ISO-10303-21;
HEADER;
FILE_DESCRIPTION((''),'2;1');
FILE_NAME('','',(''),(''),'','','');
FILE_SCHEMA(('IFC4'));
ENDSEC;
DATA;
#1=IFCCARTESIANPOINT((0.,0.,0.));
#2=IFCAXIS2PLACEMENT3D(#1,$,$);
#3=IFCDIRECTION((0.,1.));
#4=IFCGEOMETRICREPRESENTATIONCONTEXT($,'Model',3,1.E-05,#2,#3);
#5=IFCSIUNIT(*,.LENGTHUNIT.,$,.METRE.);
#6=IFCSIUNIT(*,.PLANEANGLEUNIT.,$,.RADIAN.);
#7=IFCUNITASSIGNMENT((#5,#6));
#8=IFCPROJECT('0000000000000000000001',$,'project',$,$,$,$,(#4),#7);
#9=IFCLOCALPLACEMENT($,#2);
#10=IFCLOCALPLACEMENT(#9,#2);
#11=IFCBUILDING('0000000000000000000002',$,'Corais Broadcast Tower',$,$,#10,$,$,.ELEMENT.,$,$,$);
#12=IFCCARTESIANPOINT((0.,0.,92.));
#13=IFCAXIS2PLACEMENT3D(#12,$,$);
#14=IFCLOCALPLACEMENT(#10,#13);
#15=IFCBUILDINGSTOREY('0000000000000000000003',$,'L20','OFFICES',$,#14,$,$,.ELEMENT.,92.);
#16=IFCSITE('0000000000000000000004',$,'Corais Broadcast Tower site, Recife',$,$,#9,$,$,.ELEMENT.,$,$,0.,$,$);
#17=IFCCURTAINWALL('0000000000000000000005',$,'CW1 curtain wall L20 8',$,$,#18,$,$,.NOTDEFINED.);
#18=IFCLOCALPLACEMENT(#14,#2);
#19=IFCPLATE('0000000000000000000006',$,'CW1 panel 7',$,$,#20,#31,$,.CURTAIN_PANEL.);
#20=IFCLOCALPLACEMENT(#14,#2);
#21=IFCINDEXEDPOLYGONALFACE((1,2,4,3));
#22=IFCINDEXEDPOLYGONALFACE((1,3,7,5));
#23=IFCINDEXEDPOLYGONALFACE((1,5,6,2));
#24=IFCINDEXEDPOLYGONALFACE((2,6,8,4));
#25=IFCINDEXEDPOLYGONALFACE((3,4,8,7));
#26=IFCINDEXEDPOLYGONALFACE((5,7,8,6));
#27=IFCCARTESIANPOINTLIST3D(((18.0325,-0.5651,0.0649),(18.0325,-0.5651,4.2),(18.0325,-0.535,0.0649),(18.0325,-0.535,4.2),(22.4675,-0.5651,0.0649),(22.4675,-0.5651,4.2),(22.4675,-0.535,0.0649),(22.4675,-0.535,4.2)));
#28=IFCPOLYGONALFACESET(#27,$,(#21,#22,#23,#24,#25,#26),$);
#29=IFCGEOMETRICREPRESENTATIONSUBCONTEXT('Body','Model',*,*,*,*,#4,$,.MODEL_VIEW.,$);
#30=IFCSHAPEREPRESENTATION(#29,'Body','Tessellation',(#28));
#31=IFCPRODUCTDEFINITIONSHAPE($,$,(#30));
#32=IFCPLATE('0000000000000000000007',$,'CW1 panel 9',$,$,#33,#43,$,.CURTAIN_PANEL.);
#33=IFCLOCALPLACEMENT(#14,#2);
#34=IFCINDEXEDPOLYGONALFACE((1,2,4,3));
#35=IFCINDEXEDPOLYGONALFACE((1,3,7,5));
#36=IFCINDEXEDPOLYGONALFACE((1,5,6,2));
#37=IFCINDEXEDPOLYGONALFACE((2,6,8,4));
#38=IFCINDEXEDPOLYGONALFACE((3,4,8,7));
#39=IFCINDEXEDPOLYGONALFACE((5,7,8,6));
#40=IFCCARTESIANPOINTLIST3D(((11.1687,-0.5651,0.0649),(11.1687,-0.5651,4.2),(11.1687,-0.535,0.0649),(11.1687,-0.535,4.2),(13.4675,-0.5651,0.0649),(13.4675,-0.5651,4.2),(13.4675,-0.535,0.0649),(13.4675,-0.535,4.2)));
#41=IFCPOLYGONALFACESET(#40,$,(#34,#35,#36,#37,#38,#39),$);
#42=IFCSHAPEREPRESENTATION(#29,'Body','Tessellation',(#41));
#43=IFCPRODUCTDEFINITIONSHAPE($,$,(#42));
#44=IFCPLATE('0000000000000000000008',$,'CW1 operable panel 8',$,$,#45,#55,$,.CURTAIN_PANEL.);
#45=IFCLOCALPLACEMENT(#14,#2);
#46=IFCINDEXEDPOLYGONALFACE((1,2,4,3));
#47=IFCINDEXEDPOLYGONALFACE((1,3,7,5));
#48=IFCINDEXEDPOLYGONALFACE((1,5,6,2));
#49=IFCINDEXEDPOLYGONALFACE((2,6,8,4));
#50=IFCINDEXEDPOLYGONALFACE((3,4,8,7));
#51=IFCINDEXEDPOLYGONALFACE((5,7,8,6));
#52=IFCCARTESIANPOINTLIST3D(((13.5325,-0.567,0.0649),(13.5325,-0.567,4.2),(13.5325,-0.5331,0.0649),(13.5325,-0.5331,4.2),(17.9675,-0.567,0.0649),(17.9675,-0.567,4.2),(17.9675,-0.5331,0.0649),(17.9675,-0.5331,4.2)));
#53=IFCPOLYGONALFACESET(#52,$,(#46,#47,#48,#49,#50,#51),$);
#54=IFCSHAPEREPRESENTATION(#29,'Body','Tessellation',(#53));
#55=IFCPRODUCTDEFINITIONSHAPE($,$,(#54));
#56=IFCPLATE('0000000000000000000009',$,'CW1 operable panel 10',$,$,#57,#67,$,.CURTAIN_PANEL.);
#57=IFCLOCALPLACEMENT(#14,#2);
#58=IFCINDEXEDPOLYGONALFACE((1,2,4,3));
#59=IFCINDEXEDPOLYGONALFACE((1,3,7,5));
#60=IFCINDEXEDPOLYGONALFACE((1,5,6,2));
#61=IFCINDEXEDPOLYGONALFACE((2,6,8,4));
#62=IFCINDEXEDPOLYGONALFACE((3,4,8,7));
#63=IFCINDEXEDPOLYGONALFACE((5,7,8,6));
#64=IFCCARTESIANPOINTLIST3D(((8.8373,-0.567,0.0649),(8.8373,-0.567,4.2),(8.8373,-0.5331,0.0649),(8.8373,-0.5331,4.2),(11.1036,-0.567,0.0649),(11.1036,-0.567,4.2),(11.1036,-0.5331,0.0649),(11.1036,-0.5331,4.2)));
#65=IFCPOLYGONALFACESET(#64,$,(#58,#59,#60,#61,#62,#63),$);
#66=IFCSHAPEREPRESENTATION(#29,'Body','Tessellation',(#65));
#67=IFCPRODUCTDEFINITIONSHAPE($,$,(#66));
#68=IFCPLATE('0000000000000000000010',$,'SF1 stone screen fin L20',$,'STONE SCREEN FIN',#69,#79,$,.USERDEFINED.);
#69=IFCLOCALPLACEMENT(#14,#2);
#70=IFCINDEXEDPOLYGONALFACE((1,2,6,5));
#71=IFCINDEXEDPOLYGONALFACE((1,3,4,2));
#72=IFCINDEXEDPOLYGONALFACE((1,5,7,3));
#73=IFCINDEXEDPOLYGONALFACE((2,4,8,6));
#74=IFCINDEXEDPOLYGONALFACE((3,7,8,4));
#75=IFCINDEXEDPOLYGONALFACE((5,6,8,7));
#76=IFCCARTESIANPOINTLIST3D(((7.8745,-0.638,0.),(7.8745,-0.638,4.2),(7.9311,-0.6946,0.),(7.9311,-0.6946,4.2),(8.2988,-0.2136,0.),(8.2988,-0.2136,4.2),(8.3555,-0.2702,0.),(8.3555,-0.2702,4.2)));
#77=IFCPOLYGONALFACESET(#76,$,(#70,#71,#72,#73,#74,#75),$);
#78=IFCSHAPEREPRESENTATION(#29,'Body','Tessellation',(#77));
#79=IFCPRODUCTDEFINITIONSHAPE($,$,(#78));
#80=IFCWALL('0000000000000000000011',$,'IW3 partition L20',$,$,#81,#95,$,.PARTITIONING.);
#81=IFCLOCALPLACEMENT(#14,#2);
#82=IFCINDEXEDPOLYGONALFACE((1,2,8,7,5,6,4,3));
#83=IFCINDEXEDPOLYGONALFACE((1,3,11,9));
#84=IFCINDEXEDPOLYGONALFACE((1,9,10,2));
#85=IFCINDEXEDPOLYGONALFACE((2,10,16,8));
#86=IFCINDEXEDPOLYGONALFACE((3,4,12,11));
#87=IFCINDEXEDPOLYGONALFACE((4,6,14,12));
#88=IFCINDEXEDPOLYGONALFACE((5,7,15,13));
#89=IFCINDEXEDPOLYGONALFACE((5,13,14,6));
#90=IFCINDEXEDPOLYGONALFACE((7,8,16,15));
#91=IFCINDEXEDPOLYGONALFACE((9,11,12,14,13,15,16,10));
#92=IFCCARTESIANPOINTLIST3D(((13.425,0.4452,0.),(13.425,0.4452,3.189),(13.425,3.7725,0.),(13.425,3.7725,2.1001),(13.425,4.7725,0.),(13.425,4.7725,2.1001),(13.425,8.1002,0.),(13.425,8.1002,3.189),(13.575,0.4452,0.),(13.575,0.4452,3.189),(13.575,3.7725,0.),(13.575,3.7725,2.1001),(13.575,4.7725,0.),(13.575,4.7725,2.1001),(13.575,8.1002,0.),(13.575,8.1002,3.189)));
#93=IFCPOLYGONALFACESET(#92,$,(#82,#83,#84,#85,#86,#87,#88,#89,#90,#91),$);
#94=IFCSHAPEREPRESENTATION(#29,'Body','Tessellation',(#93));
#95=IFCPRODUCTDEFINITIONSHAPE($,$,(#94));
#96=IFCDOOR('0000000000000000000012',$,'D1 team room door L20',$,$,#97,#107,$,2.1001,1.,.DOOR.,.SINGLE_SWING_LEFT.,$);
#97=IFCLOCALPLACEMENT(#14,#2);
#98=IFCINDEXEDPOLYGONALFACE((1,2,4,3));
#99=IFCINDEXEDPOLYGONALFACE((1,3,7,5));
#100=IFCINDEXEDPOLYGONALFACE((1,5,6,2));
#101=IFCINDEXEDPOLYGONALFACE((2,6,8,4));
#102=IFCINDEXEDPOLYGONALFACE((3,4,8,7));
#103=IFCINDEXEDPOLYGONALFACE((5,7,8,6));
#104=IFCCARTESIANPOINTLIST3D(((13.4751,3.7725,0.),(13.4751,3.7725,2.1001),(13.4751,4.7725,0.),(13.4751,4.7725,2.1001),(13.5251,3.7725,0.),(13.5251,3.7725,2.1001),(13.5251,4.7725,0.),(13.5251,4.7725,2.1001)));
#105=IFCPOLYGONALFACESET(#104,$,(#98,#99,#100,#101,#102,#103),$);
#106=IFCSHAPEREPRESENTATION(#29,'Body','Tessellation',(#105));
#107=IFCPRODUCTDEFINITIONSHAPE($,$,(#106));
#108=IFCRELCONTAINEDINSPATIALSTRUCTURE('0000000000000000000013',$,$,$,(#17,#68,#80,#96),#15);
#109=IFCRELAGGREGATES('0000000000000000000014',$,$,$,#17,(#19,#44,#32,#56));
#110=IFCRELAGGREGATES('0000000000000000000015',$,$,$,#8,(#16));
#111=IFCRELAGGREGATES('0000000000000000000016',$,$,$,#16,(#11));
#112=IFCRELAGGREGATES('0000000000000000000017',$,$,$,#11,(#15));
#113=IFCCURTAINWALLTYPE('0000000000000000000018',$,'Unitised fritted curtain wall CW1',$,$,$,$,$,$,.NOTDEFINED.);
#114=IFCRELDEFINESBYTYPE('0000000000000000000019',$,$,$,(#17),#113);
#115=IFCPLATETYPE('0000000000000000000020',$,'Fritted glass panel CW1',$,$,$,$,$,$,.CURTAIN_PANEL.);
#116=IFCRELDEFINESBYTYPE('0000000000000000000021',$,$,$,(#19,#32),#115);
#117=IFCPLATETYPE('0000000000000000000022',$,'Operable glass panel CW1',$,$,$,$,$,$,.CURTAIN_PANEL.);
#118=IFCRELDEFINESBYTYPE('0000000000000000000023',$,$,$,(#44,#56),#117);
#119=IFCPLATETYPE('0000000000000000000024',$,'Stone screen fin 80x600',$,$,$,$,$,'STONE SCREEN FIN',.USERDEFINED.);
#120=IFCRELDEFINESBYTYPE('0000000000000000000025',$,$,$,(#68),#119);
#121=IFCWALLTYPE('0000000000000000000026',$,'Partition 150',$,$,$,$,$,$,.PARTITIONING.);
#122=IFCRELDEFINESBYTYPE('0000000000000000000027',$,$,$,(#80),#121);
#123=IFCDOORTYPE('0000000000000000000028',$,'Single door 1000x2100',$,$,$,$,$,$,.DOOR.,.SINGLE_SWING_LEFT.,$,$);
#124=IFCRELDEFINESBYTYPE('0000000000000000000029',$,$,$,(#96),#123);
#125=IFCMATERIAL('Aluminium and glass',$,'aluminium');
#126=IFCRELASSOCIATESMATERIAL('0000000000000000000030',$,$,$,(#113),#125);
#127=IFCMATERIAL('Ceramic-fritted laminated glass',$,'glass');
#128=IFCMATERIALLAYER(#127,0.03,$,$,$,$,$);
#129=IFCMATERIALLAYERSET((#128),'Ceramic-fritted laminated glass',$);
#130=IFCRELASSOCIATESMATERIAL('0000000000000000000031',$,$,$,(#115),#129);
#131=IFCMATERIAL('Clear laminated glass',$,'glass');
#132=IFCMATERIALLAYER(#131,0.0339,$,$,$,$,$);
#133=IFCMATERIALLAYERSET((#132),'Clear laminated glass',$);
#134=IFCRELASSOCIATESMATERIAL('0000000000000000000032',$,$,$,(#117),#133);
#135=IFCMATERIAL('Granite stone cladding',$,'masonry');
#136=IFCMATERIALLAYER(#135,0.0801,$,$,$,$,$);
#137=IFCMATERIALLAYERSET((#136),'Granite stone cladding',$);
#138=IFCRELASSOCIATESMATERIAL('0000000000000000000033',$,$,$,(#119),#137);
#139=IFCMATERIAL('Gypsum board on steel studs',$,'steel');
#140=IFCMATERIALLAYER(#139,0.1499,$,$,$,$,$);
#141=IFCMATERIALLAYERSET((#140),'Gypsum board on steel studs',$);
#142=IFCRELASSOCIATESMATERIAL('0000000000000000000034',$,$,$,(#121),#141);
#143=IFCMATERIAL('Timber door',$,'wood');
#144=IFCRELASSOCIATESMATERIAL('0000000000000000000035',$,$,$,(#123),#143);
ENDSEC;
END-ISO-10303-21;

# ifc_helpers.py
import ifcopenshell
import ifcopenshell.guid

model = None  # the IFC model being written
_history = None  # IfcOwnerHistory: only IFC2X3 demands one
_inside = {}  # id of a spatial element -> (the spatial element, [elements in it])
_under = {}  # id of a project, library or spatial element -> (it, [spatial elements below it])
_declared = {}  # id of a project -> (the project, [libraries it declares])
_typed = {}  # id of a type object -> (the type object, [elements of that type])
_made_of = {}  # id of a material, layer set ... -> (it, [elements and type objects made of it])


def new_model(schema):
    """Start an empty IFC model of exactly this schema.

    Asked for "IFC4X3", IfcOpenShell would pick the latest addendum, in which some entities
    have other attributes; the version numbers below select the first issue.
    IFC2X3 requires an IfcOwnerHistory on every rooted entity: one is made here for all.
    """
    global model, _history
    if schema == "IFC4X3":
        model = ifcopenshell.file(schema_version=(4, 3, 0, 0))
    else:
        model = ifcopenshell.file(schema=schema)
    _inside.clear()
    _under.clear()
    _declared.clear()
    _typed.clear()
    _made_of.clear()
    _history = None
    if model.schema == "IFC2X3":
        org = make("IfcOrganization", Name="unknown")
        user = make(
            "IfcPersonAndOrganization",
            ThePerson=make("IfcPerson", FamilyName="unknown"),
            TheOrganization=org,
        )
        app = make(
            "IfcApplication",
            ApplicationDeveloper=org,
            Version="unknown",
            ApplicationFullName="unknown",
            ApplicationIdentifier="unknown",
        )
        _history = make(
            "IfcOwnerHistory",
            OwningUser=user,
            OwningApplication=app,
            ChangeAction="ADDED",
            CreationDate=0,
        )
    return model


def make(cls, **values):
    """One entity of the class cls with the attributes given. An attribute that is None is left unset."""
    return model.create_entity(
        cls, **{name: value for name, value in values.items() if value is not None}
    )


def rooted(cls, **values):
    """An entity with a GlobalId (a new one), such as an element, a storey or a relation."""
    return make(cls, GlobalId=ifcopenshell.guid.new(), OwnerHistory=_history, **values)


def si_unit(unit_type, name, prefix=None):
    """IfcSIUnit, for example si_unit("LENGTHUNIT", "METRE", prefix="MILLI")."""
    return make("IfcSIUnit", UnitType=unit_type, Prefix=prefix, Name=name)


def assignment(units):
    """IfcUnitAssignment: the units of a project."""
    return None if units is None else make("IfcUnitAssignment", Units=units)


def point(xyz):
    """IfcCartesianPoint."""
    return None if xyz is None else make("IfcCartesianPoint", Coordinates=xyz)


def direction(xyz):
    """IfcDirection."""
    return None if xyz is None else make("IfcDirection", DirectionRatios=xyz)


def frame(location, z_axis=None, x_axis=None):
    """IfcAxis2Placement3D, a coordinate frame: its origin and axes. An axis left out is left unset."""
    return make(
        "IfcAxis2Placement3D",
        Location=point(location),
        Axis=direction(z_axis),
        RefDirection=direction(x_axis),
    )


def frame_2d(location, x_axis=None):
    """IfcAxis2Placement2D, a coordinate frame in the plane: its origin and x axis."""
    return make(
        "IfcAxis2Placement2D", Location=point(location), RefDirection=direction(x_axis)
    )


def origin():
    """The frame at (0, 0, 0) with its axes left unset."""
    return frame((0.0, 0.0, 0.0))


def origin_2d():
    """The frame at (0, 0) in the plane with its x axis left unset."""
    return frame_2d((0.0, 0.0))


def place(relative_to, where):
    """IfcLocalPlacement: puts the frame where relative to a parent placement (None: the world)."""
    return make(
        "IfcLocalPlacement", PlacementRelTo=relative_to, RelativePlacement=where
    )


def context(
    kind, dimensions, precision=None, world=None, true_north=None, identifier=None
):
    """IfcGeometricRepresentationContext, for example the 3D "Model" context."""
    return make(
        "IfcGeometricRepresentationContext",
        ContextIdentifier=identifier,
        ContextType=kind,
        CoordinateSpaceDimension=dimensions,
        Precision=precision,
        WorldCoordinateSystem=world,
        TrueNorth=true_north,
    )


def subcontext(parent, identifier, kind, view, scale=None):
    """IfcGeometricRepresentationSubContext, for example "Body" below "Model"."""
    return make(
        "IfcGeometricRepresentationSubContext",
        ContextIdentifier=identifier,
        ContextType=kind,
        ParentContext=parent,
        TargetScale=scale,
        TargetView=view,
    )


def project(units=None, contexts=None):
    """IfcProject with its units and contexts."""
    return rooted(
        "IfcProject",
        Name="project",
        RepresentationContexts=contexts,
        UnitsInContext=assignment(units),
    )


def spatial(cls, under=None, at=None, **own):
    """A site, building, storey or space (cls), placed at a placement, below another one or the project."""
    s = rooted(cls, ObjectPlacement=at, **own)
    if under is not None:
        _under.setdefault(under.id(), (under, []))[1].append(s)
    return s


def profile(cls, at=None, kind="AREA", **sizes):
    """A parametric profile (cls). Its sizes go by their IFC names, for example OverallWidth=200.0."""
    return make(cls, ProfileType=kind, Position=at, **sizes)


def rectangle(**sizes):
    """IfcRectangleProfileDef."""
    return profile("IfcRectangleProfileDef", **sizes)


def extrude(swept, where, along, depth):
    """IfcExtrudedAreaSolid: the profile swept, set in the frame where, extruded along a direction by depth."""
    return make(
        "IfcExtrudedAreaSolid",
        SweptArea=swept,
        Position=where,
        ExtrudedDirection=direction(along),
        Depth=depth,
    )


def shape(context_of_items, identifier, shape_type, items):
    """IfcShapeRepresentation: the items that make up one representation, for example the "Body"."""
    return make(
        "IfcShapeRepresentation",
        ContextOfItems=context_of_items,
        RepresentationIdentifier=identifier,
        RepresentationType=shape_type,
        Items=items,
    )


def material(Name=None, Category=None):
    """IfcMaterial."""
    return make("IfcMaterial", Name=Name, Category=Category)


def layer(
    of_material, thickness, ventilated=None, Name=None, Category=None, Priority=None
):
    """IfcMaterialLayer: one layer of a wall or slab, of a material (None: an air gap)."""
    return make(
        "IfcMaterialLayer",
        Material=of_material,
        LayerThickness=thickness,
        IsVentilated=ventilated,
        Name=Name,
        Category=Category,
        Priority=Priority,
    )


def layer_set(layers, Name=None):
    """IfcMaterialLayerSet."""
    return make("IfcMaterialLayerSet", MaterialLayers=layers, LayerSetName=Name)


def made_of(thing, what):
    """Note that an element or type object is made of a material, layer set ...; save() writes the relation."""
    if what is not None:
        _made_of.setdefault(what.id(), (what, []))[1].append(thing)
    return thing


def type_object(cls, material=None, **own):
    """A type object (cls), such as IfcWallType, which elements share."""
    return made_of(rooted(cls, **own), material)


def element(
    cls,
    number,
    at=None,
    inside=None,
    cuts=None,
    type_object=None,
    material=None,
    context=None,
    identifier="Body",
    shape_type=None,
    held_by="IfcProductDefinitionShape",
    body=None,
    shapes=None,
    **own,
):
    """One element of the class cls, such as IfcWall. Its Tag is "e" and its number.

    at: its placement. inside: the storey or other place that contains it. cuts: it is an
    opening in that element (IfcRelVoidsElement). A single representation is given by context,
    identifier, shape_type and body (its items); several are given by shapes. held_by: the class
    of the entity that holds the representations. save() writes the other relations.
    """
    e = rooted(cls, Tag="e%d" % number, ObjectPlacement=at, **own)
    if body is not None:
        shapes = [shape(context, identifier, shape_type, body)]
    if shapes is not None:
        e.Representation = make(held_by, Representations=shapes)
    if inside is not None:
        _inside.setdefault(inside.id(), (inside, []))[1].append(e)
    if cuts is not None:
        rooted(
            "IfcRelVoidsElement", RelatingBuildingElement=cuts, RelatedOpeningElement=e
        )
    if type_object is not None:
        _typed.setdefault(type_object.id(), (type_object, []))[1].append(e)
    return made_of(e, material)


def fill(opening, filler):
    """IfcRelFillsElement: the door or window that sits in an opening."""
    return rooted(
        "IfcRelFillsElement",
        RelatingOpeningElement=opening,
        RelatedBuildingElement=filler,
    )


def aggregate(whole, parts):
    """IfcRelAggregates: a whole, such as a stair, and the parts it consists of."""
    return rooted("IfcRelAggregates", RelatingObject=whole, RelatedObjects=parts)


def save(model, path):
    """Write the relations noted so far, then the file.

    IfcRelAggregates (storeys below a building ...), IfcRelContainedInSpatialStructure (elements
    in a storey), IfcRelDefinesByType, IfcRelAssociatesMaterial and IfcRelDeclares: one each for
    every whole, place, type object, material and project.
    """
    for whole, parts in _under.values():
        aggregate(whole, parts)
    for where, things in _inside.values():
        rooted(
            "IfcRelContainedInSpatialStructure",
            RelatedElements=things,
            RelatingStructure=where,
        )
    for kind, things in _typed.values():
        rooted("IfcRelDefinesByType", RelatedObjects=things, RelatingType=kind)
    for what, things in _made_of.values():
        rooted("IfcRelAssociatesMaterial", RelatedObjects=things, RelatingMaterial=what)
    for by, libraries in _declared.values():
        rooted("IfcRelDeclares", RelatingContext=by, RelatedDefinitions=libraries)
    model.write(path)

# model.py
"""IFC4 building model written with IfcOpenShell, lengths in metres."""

from ifc_helpers import new_model, si_unit, direction, frame, frame_2d, origin, origin_2d, place, context, subcontext, project, spatial, rectangle, extrude, material, layer, layer_set, type_object, element, fill, aggregate, save


model = new_model("IFC4")

# Units and contexts
model_context = context("Model", 3, precision=1e-05, world=origin(), true_north=direction((0.0, 1.0)))
body_context = subcontext(model_context, "Body", "Model", "MODEL_VIEW")
ifc_project = project(units=[si_unit("LENGTHUNIT", "METRE"), si_unit("PLANEANGLEUNIT", "RADIAN")], contexts=[model_context])

# Site, building, storey
site_placement = place(None, origin())
site = spatial("IfcSite", under=ifc_project, at=site_placement, Name="Corais Broadcast Tower site, Recife", CompositionType="ELEMENT", RefElevation=0.0)
building_placement = place(site_placement, origin())
building = spatial("IfcBuilding", under=site, at=building_placement, Name="Corais Broadcast Tower", CompositionType="ELEMENT")
storey_placement = place(building_placement, frame((0.0, 0.0, 92.0)))
storey = spatial("IfcBuildingStorey", under=building, at=storey_placement, Name="L20", Description="OFFICES", CompositionType="ELEMENT", Elevation=92.0)

# Shared definitions
ifc_material_1 = material(Name="Aluminium and glass", Category="aluminium")
curtain_wall_type = type_object("IfcCurtainWallType", Name="Unitised fritted curtain wall CW1", PredefinedType="NOTDEFINED", material=ifc_material_1)

# Curtain wall
curtain_wall_1_placement = place(storey_placement, origin())
curtain_wall_1 = element("IfcCurtainWall", 1, at=curtain_wall_1_placement, inside=storey, type_object=curtain_wall_type, Name="CW1 curtain wall L20 8", PredefinedType="NOTDEFINED")

# Plates
ifc_material_2 = material(Name="Ceramic-fritted laminated glass", Category="glass")
ifc_layer_1 = layer(ifc_material_2, 0.03)
ifc_layer_set_1 = layer_set([ifc_layer_1], Name="Ceramic-fritted laminated glass")
plate_type_1 = type_object("IfcPlateType", Name="Fritted glass panel CW1", PredefinedType="CURTAIN_PANEL", material=ifc_layer_set_1)
plate_1_placement = place(storey_placement, frame((20.25, -0.55, 0.0649), z_axis=(0.0, 0.0, 1.0), x_axis=(-1.0, 0.0, 0.0)))
plate_1 = element("IfcPlate", 2, at=plate_1_placement, type_object=plate_type_1, Name="CW1 panel 7", PredefinedType="CURTAIN_PANEL", context=body_context, shape_type="SweptSolid", body=[
    extrude(rectangle(XDim=4.4351, YDim=0.03, at=origin_2d()), origin(), (0.0, 0.0, 1.0), 4.135),
])
plate_2_placement = place(storey_placement, frame((12.3181, -0.55, 0.0649), z_axis=(0.0, 0.0, 1.0), x_axis=(-1.0, 0.0, 0.0)))
plate_2 = element("IfcPlate", 3, at=plate_2_placement, type_object=plate_type_1, Name="CW1 panel 9", PredefinedType="CURTAIN_PANEL", context=body_context, shape_type="SweptSolid", body=[
    extrude(rectangle(XDim=2.2988, YDim=0.03, at=origin_2d()), origin(), (0.0, 0.0, 1.0), 4.135),
])
ifc_material_3 = material(Name="Clear laminated glass", Category="glass")
ifc_layer_2 = layer(ifc_material_3, 0.0339)
ifc_layer_set_2 = layer_set([ifc_layer_2], Name="Clear laminated glass")
plate_type_2 = type_object("IfcPlateType", Name="Operable glass panel CW1", PredefinedType="CURTAIN_PANEL", material=ifc_layer_set_2)
plate_3_placement = place(storey_placement, frame((15.75, -0.55, 0.0649), z_axis=(0.0, 0.0, 1.0), x_axis=(-1.0, 0.0, 0.0)))
plate_3 = element("IfcPlate", 4, at=plate_3_placement, type_object=plate_type_2, Name="CW1 operable panel 8", PredefinedType="CURTAIN_PANEL", context=body_context, shape_type="SweptSolid", body=[
    extrude(rectangle(XDim=4.4351, YDim=0.0339, at=origin_2d()), origin(), (0.0, 0.0, 1.0), 4.135),
])
plate_4_placement = place(storey_placement, frame((9.9705, -0.55, 0.0649), z_axis=(0.0, 0.0, 1.0), x_axis=(-1.0, 0.0, 0.0)))
plate_4 = element("IfcPlate", 5, at=plate_4_placement, type_object=plate_type_2, Name="CW1 operable panel 10", PredefinedType="CURTAIN_PANEL", context=body_context, shape_type="SweptSolid", body=[
    extrude(rectangle(XDim=2.2664, YDim=0.0339, at=origin_2d()), origin(), (0.0, 0.0, 1.0), 4.135),
])
aggregate(curtain_wall_1, [plate_1, plate_3, plate_2, plate_4])
ifc_material_4 = material(Name="Granite stone cladding", Category="masonry")
ifc_layer_3 = layer(ifc_material_4, 0.0801)
ifc_layer_set_3 = layer_set([ifc_layer_3], Name="Granite stone cladding")
plate_type_3 = type_object("IfcPlateType", Name="Stone screen fin 80x600", ElementType="STONE SCREEN FIN", PredefinedType="USERDEFINED", material=ifc_layer_set_3)
plate_5_placement = place(storey_placement, frame((8.115, -0.4541, 0.0), z_axis=(0.0, 0.0, 1.0), x_axis=(-0.707107, 0.707107, 0.0)))
element("IfcPlate", 6, at=plate_5_placement, inside=storey, type_object=plate_type_3, Name="SF1 stone screen fin L20", ObjectType="STONE SCREEN FIN", PredefinedType="USERDEFINED", context=body_context, shape_type="SweptSolid", body=[
    extrude(rectangle(XDim=0.0801, YDim=0.6001, at=origin_2d()), origin(), (0.0, 0.0, 1.0), 4.2),
])

# Wall, opening, door
ifc_material_5 = material(Name="Gypsum board on steel studs", Category="steel")
ifc_layer_4 = layer(ifc_material_5, 0.1499)
ifc_layer_set_4 = layer_set([ifc_layer_4], Name="Gypsum board on steel studs")
wall_type = type_object("IfcWallType", Name="Partition 150", PredefinedType="PARTITIONING", material=ifc_layer_set_4)
wall_placement = place(storey_placement, frame((13.5, 0.4451, 0.0), z_axis=(0.0, 0.0, 1.0), x_axis=(0.0, 1.0, 0.0)))
wall = element("IfcWall", 7, at=wall_placement, inside=storey, type_object=wall_type, Name="IW3 partition L20", PredefinedType="PARTITIONING", context=body_context, shape_type="SweptSolid", body=[
    extrude(rectangle(XDim=7.655, YDim=0.1499, at=frame_2d((3.8276, 0.0))), origin(), (0.0, 0.0, 1.0), 3.189),
])
opening_placement = place(wall_placement, frame((3.3274, 0.0, 0.0)))
opening = element("IfcOpeningElement", 8, at=opening_placement, cuts=wall, PredefinedType="OPENING", context=body_context, shape_type="SweptSolid", body=[
    extrude(rectangle(XDim=1.0, YDim=2.1001, at=frame_2d((0.5, 1.05))), frame((0.0, 0.085, 0.0), z_axis=(0.0, -1.0, 0.0), x_axis=(1.0, 0.0, 0.0)), (0.0, 0.0, 1.0), 0.1699),
])
ifc_material_6 = material(Name="Timber door", Category="wood")
door_type = type_object("IfcDoorType", Name="Single door 1000x2100", OperationType="SINGLE_SWING_LEFT", PredefinedType="DOOR", material=ifc_material_6)
door_placement = place(opening_placement, origin())
door = element("IfcDoor", 9, at=door_placement, inside=storey, type_object=door_type, Name="D1 team room door L20", OperationType="SINGLE_SWING_LEFT", OverallHeight=2.1001, OverallWidth=1.0, PredefinedType="DOOR", context=body_context, shape_type="SweptSolid", body=[
    extrude(rectangle(XDim=1.0, YDim=2.1001, at=frame_2d((0.5, 1.05))), frame((0.0, 0.0249, 0.0), z_axis=(0.0, -1.0, 0.0), x_axis=(1.0, 0.0, 0.0)), (0.0, 0.0, 1.0), 0.05),
])
fill(opening, door)

save(model, "model.ifc")
